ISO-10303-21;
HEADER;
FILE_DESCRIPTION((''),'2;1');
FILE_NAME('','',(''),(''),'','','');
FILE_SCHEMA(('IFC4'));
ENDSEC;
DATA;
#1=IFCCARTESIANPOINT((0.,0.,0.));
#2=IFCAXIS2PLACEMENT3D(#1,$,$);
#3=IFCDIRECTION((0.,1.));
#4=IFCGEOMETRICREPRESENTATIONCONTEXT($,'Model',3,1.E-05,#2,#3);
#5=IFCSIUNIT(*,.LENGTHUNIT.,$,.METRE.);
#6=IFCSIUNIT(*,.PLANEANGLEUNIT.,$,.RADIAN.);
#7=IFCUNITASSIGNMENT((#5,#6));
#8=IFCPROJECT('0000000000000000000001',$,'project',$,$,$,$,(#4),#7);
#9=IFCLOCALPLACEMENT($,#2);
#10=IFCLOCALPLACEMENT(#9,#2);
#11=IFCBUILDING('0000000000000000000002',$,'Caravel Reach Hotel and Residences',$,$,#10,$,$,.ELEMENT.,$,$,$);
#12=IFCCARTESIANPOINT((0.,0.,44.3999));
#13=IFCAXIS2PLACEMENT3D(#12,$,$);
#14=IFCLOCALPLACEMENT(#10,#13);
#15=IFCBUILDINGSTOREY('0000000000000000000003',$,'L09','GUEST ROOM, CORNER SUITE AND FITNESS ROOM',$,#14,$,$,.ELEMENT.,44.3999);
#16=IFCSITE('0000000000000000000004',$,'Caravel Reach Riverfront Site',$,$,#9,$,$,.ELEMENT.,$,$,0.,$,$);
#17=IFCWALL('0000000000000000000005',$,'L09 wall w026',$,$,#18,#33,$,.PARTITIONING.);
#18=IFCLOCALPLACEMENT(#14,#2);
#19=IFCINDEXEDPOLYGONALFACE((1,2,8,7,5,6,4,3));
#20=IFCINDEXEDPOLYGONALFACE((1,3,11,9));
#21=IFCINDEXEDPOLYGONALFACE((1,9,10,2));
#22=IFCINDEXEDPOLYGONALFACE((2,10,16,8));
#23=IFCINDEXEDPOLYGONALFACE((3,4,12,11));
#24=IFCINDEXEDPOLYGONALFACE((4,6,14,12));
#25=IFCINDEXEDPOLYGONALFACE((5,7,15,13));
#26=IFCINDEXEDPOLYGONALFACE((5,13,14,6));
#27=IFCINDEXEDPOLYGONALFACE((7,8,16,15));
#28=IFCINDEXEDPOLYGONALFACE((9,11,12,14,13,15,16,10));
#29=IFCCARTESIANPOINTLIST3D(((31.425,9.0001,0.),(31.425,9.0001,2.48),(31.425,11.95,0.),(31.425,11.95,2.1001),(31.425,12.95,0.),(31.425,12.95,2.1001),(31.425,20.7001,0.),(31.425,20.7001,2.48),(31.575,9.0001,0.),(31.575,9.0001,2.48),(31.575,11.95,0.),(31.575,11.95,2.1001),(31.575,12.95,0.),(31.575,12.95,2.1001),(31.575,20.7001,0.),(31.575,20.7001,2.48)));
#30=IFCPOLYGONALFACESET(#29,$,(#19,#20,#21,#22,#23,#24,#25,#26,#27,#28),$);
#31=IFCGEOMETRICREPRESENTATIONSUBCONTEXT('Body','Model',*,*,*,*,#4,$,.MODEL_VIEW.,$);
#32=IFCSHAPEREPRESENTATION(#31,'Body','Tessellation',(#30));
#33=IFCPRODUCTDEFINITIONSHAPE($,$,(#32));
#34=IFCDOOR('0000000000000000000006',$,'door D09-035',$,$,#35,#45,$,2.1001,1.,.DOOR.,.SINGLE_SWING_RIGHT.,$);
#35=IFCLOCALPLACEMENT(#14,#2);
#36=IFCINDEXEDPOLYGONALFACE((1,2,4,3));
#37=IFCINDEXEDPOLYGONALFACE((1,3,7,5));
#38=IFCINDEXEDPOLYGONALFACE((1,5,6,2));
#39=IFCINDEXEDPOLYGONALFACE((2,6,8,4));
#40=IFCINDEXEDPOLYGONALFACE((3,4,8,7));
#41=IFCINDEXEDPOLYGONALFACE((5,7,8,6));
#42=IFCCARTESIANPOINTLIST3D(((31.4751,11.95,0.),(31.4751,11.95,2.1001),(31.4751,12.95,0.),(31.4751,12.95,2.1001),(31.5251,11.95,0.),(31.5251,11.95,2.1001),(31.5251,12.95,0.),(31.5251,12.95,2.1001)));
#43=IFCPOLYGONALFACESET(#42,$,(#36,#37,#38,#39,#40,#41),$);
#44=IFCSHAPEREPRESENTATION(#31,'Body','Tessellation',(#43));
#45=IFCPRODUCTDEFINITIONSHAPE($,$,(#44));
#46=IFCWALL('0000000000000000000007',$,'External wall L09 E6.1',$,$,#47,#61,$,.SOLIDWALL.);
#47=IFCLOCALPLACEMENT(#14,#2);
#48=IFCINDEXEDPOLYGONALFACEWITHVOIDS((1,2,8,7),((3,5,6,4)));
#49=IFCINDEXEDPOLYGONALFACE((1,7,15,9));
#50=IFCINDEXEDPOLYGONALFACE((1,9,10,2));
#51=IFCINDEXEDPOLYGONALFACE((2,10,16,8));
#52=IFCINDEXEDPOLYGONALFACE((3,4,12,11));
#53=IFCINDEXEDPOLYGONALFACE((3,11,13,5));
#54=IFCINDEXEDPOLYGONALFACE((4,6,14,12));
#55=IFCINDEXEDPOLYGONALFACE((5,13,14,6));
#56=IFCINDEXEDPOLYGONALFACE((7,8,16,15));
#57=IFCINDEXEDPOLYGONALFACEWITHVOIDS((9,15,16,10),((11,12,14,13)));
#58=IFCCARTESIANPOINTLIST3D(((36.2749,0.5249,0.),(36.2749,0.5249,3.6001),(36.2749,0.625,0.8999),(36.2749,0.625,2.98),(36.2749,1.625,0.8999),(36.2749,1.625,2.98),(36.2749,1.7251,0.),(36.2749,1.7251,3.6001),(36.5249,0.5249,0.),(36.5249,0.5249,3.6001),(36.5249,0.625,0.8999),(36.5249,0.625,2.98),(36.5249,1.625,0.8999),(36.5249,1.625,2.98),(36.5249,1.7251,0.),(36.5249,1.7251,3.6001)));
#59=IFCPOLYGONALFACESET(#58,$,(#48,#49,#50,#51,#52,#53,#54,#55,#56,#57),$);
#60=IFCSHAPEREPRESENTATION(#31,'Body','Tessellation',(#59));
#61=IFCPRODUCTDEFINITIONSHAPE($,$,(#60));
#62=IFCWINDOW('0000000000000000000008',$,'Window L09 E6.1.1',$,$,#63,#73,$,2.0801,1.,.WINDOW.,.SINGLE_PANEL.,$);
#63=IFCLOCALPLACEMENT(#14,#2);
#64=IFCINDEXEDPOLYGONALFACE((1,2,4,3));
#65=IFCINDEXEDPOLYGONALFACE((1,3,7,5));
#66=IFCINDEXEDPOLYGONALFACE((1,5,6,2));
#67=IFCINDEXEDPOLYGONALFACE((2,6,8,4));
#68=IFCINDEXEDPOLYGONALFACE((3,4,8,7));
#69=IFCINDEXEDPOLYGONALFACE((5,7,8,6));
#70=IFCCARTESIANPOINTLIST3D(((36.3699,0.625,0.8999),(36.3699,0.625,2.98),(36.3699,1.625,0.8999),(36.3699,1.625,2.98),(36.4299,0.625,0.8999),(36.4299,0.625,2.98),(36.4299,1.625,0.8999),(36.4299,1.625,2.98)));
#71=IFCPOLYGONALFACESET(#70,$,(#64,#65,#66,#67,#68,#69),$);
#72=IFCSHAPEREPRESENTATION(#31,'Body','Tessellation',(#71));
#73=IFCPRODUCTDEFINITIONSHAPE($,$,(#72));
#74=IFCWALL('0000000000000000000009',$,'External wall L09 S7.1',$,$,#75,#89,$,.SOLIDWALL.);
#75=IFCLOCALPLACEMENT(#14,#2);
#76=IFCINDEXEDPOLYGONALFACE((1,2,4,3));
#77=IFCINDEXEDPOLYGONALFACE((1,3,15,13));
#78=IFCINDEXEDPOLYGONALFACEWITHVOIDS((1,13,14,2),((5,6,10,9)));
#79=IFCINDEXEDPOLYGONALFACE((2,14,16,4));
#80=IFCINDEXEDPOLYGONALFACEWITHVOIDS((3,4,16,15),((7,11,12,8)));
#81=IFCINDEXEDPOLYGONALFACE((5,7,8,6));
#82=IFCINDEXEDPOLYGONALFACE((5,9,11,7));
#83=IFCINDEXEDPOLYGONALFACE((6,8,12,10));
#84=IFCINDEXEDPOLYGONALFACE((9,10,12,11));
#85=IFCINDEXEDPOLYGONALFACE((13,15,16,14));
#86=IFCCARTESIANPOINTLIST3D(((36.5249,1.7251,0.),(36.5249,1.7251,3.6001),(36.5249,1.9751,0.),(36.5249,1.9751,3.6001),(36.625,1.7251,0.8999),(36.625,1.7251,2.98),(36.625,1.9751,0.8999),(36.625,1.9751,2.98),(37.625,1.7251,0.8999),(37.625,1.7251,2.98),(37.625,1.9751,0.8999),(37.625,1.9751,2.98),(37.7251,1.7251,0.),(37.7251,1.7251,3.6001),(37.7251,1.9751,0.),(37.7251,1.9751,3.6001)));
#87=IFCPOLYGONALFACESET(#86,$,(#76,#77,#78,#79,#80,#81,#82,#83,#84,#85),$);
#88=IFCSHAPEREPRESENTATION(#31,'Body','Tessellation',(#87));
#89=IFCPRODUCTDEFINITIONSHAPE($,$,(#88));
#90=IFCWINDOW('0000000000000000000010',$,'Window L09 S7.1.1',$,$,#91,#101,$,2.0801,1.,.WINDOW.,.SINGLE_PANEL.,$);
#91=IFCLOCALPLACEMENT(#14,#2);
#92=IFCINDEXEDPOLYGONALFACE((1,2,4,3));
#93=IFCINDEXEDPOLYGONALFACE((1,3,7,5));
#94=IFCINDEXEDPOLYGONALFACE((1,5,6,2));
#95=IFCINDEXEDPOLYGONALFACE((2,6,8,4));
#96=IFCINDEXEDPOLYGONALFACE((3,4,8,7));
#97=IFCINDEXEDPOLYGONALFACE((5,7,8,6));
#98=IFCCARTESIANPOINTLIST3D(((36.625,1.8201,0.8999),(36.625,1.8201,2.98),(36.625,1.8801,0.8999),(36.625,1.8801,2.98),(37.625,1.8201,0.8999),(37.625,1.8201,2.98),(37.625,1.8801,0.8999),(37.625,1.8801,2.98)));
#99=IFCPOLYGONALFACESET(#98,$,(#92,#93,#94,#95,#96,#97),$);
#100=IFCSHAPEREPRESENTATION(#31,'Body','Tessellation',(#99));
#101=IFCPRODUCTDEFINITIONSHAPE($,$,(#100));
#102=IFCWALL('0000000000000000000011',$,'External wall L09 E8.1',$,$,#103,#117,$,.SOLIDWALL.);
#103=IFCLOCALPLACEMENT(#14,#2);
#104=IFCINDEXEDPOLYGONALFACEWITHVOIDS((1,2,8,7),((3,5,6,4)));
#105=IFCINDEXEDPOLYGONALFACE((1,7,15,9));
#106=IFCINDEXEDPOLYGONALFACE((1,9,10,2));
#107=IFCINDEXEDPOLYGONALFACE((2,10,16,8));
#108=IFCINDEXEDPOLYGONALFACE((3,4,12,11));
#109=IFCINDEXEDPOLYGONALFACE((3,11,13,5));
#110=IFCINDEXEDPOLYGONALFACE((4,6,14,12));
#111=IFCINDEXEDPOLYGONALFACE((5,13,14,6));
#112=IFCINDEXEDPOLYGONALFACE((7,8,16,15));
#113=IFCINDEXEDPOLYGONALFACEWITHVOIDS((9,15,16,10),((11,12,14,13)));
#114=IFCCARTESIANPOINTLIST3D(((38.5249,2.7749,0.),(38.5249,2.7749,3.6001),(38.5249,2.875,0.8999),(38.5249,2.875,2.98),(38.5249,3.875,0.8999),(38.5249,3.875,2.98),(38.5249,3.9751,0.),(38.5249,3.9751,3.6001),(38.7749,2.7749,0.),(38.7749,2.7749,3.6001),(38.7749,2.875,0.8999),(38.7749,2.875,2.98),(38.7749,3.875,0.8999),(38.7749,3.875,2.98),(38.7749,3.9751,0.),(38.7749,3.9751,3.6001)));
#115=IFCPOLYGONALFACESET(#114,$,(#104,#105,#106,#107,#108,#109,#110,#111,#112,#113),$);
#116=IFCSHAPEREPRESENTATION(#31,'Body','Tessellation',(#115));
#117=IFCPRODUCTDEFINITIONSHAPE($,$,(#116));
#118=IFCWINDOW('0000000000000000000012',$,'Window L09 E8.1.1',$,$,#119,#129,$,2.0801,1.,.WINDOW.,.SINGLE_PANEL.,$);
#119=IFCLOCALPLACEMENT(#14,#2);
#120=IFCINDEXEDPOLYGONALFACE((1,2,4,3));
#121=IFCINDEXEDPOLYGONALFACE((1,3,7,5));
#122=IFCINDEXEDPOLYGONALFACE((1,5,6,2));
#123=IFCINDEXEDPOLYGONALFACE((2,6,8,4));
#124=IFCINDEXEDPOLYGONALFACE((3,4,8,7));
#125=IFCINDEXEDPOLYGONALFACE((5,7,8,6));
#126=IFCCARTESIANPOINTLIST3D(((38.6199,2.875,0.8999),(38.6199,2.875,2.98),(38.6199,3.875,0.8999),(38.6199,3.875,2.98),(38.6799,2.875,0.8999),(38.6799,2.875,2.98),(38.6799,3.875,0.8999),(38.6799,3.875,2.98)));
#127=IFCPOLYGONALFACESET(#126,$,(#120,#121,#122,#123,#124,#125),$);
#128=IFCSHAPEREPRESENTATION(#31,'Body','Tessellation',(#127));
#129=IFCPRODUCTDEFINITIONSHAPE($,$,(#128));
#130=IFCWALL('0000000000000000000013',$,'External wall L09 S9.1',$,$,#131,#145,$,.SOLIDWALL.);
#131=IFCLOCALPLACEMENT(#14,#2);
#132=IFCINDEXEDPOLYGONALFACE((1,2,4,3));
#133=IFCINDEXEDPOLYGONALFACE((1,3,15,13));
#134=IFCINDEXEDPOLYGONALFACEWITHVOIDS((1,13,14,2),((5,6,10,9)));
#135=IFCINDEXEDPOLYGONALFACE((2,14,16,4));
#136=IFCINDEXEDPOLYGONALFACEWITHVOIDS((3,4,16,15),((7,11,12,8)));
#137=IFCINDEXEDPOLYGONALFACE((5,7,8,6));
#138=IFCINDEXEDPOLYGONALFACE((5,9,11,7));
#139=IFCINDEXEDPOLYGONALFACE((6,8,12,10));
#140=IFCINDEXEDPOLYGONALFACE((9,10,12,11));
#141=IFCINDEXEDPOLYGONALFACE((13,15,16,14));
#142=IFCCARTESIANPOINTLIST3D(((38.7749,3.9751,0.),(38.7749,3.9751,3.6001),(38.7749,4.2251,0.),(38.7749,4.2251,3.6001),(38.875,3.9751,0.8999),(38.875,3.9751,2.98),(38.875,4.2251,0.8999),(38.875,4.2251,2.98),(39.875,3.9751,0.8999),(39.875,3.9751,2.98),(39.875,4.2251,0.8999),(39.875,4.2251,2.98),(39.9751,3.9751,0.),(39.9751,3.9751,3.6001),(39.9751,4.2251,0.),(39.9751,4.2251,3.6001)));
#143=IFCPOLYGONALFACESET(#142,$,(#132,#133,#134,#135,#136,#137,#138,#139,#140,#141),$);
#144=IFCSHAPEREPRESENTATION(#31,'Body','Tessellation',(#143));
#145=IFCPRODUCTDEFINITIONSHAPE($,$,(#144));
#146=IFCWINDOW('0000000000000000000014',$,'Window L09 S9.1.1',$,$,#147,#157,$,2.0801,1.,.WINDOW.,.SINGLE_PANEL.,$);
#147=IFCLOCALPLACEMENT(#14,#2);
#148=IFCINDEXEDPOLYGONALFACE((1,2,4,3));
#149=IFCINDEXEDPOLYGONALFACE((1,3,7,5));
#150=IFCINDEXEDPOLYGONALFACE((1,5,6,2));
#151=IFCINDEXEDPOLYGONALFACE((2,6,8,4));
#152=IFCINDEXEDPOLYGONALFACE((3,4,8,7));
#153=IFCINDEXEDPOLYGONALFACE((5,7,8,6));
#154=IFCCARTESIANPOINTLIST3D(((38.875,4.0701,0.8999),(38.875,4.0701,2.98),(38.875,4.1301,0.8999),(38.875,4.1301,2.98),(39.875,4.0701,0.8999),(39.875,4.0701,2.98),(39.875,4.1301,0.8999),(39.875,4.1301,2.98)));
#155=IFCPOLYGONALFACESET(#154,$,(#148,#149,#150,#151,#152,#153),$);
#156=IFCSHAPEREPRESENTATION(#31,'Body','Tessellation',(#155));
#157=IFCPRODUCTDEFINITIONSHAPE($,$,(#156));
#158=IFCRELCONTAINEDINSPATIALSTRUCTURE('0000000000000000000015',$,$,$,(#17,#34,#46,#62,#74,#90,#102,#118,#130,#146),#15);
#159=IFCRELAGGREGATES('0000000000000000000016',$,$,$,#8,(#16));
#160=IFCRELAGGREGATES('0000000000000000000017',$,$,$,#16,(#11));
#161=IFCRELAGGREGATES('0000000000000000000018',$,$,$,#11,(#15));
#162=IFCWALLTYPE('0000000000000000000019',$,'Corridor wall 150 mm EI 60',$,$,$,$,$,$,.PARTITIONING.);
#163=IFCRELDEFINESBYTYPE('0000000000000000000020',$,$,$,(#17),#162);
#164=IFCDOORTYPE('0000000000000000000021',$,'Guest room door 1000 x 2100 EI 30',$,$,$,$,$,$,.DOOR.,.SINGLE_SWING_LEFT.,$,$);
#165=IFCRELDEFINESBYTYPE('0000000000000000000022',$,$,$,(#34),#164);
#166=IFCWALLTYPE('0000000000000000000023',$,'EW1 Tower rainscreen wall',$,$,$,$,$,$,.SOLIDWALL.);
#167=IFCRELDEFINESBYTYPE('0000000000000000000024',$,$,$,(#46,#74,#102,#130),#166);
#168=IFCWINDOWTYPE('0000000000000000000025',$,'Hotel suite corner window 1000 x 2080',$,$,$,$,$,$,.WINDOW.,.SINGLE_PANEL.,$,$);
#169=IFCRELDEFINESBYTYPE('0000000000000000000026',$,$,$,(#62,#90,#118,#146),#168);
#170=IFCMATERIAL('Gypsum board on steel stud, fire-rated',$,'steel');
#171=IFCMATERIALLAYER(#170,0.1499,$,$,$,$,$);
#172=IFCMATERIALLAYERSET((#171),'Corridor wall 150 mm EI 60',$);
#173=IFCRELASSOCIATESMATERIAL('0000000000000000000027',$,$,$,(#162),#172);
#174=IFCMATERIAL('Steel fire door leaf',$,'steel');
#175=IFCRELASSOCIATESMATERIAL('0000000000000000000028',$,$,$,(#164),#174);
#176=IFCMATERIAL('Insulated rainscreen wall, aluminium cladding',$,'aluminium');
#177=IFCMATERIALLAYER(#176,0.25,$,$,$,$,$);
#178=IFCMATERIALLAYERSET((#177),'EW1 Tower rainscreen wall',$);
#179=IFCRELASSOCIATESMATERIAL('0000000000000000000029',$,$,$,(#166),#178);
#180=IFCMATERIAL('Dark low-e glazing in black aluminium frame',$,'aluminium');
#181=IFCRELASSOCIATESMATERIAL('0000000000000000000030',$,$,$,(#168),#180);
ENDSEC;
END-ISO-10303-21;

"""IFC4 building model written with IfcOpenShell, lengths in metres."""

from ifc_helpers import new_model, si_unit, direction, frame, frame_2d, origin, place, context, subcontext, project, spatial, rectangle, extrude, material, layer, layer_set, type_object, element, fill, save


model = new_model("IFC4")

# Units and contexts
model_context = context("Model", 3, precision=1e-05, world=origin(), true_north=direction((0.0, 1.0)))
body_context = subcontext(model_context, "Body", "Model", "MODEL_VIEW")
ifc_project = project(units=[si_unit("LENGTHUNIT", "METRE"), si_unit("PLANEANGLEUNIT", "RADIAN")], contexts=[model_context])

# Site, building, storey
site_placement = place(None, origin())
site = spatial("IfcSite", under=ifc_project, at=site_placement, Name="Caravel Reach Riverfront Site", CompositionType="ELEMENT", RefElevation=0.0)
building_placement = place(site_placement, origin())
building = spatial("IfcBuilding", under=site, at=building_placement, Name="Caravel Reach Hotel and Residences", CompositionType="ELEMENT")
storey_placement = place(building_placement, frame((0.0, 0.0, 44.3999)))
storey = spatial("IfcBuildingStorey", under=building, at=storey_placement, Name="L09", Description="GUEST ROOM, CORNER SUITE AND FITNESS ROOM", CompositionType="ELEMENT", Elevation=44.3999)

# Wall, opening, door
ifc_material_1 = material(Name="Gypsum board on steel stud, fire-rated", Category="steel")
ifc_layer_1 = layer(ifc_material_1, 0.1499)
ifc_layer_set_1 = layer_set([ifc_layer_1], Name="Corridor wall 150 mm EI 60")
wall_type_1 = type_object("IfcWallType", Name="Corridor wall 150 mm EI 60", PredefinedType="PARTITIONING", material=ifc_layer_set_1)
wall_1_placement = place(storey_placement, frame((31.5, 9.0, 0.0), z_axis=(0.0, 0.0, 1.0), x_axis=(0.0, 1.0, 0.0)))
wall_1 = element("IfcWall", 1, at=wall_1_placement, inside=storey, type_object=wall_type_1, Name="L09 wall w026", PredefinedType="PARTITIONING", context=body_context, shape_type="SweptSolid", body=[
    extrude(rectangle(XDim=11.7, YDim=0.1499, at=frame_2d((5.8501, 0.0))), origin(), (0.0, 0.0, 1.0), 2.48),
])
opening_1_placement = place(wall_1_placement, frame((2.95, 0.0, 0.0)))
opening_1 = element("IfcOpeningElement", 2, at=opening_1_placement, cuts=wall_1, PredefinedType="OPENING", context=body_context, shape_type="SweptSolid", body=[
    extrude(rectangle(XDim=1.0, YDim=2.1001, at=frame_2d((0.5, 1.05))), frame((0.0, 0.085, 0.0), z_axis=(0.0, -1.0, 0.0), x_axis=(1.0, 0.0, 0.0)), (0.0, 0.0, 1.0), 0.1699),
])
ifc_material_2 = material(Name="Steel fire door leaf", Category="steel")
door_type_1 = type_object("IfcDoorType", Name="Guest room door 1000 x 2100 EI 30", OperationType="SINGLE_SWING_LEFT", PredefinedType="DOOR", material=ifc_material_2)
door_1_placement = place(opening_1_placement, origin())
door_1 = element("IfcDoor", 3, at=door_1_placement, inside=storey, type_object=door_type_1, Name="door D09-035", OperationType="SINGLE_SWING_RIGHT", OverallHeight=2.1001, OverallWidth=1.0, PredefinedType="DOOR", context=body_context, shape_type="SweptSolid", body=[
    extrude(rectangle(XDim=1.0, YDim=2.1001, at=frame_2d((0.5, 1.05))), frame((0.0, 0.0249, 0.0), z_axis=(0.0, -1.0, 0.0), x_axis=(1.0, 0.0, 0.0)), (0.0, 0.0, 1.0), 0.05),
])
fill(opening_1, door_1)

# Walls, openings, windows
ifc_material_3 = material(Name="Insulated rainscreen wall, aluminium cladding", Category="aluminium")
ifc_layer_2 = layer(ifc_material_3, 0.25)
ifc_layer_set_2 = layer_set([ifc_layer_2], Name="EW1 Tower rainscreen wall")
wall_type_2 = type_object("IfcWallType", Name="EW1 Tower rainscreen wall", PredefinedType="SOLIDWALL", material=ifc_layer_set_2)
wall_2_placement = place(storey_placement, frame((36.3999, 0.5249, 0.0), z_axis=(0.0, 0.0, 1.0), x_axis=(0.0, 1.0, 0.0)))
wall_2 = element("IfcWall", 4, at=wall_2_placement, inside=storey, type_object=wall_type_2, Name="External wall L09 E6.1", PredefinedType="SOLIDWALL", context=body_context, shape_type="SweptSolid", body=[
    extrude(rectangle(XDim=1.2002, YDim=0.25, at=frame_2d((0.6001, 0.0))), origin(), (0.0, 0.0, 1.0), 3.6001),
])
opening_2_placement = place(wall_2_placement, frame((0.1001, 0.0, 0.8999)))
opening_2 = element("IfcOpeningElement", 5, at=opening_2_placement, cuts=wall_2, PredefinedType="OPENING", context=body_context, shape_type="SweptSolid", body=[
    extrude(rectangle(XDim=1.0, YDim=2.0801, at=frame_2d((0.5, 1.04))), frame((0.0, 0.135, 0.0), z_axis=(0.0, -1.0, 0.0), x_axis=(1.0, 0.0, 0.0)), (0.0, 0.0, 1.0), 0.27),
])
ifc_material_4 = material(Name="Dark low-e glazing in black aluminium frame", Category="aluminium")
window_type_1 = type_object("IfcWindowType", Name="Hotel suite corner window 1000 x 2080", PartitioningType="SINGLE_PANEL", PredefinedType="WINDOW", material=ifc_material_4)
window_1_placement = place(opening_2_placement, origin())
window_1 = element("IfcWindow", 6, at=window_1_placement, inside=storey, type_object=window_type_1, Name="Window L09 E6.1.1", OverallHeight=2.0801, OverallWidth=1.0, PartitioningType="SINGLE_PANEL", PredefinedType="WINDOW", context=body_context, shape_type="SweptSolid", body=[
    extrude(rectangle(XDim=1.0, YDim=2.0801, at=frame_2d((0.5, 1.04))), frame((0.0, 0.03, 0.0), z_axis=(0.0, -1.0, 0.0), x_axis=(1.0, 0.0, 0.0)), (0.0, 0.0, 1.0), 0.0601),
])
fill(opening_2, window_1)
wall_3_placement = place(storey_placement, frame((36.5249, 1.8501, 0.0), z_axis=(0.0, 0.0, 1.0), x_axis=(1.0, 0.0, 0.0)))
wall_3 = element("IfcWall", 7, at=wall_3_placement, inside=storey, type_object=wall_type_2, Name="External wall L09 S7.1", PredefinedType="SOLIDWALL", context=body_context, shape_type="SweptSolid", body=[
    extrude(rectangle(XDim=1.2002, YDim=0.25, at=frame_2d((0.6001, 0.0))), origin(), (0.0, 0.0, 1.0), 3.6001),
])
opening_3_placement = place(wall_3_placement, frame((0.1001, 0.0, 0.8999)))
opening_3 = element("IfcOpeningElement", 8, at=opening_3_placement, cuts=wall_3, PredefinedType="OPENING", context=body_context, shape_type="SweptSolid", body=[
    extrude(rectangle(XDim=1.0, YDim=2.0801, at=frame_2d((0.5, 1.04))), frame((0.0, 0.135, 0.0), z_axis=(0.0, -1.0, 0.0), x_axis=(1.0, 0.0, 0.0)), (0.0, 0.0, 1.0), 0.27),
])
window_2_placement = place(opening_3_placement, origin())
window_2 = element("IfcWindow", 9, at=window_2_placement, inside=storey, type_object=window_type_1, Name="Window L09 S7.1.1", OverallHeight=2.0801, OverallWidth=1.0, PartitioningType="SINGLE_PANEL", PredefinedType="WINDOW", context=body_context, shape_type="SweptSolid", body=[
    extrude(rectangle(XDim=1.0, YDim=2.0801, at=frame_2d((0.5, 1.04))), frame((0.0, 0.03, 0.0), z_axis=(0.0, -1.0, 0.0), x_axis=(1.0, 0.0, 0.0)), (0.0, 0.0, 1.0), 0.0601),
])
fill(opening_3, window_2)
wall_4_placement = place(storey_placement, frame((38.6499, 2.7749, 0.0), z_axis=(0.0, 0.0, 1.0), x_axis=(0.0, 1.0, 0.0)))
wall_4 = element("IfcWall", 10, at=wall_4_placement, inside=storey, type_object=wall_type_2, Name="External wall L09 E8.1", PredefinedType="SOLIDWALL", context=body_context, shape_type="SweptSolid", body=[
    extrude(rectangle(XDim=1.2002, YDim=0.25, at=frame_2d((0.6001, 0.0))), origin(), (0.0, 0.0, 1.0), 3.6001),
])
opening_4_placement = place(wall_4_placement, frame((0.1001, 0.0, 0.8999)))
opening_4 = element("IfcOpeningElement", 11, at=opening_4_placement, cuts=wall_4, PredefinedType="OPENING", context=body_context, shape_type="SweptSolid", body=[
    extrude(rectangle(XDim=1.0, YDim=2.0801, at=frame_2d((0.5, 1.04))), frame((0.0, 0.135, 0.0), z_axis=(0.0, -1.0, 0.0), x_axis=(1.0, 0.0, 0.0)), (0.0, 0.0, 1.0), 0.27),
])
window_3_placement = place(opening_4_placement, origin())
window_3 = element("IfcWindow", 12, at=window_3_placement, inside=storey, type_object=window_type_1, Name="Window L09 E8.1.1", OverallHeight=2.0801, OverallWidth=1.0, PartitioningType="SINGLE_PANEL", PredefinedType="WINDOW", context=body_context, shape_type="SweptSolid", body=[
    extrude(rectangle(XDim=1.0, YDim=2.0801, at=frame_2d((0.5, 1.04))), frame((0.0, 0.03, 0.0), z_axis=(0.0, -1.0, 0.0), x_axis=(1.0, 0.0, 0.0)), (0.0, 0.0, 1.0), 0.0601),
])
fill(opening_4, window_3)
wall_5_placement = place(storey_placement, frame((38.7749, 4.1001, 0.0), z_axis=(0.0, 0.0, 1.0), x_axis=(1.0, 0.0, 0.0)))
wall_5 = element("IfcWall", 13, at=wall_5_placement, inside=storey, type_object=wall_type_2, Name="External wall L09 S9.1", PredefinedType="SOLIDWALL", context=body_context, shape_type="SweptSolid", body=[
    extrude(rectangle(XDim=1.2002, YDim=0.25, at=frame_2d((0.6001, 0.0))), origin(), (0.0, 0.0, 1.0), 3.6001),
])
opening_5_placement = place(wall_5_placement, frame((0.1001, 0.0, 0.8999)))
opening_5 = element("IfcOpeningElement", 14, at=opening_5_placement, cuts=wall_5, PredefinedType="OPENING", context=body_context, shape_type="SweptSolid", body=[
    extrude(rectangle(XDim=1.0, YDim=2.0801, at=frame_2d((0.5, 1.04))), frame((0.0, 0.135, 0.0), z_axis=(0.0, -1.0, 0.0), x_axis=(1.0, 0.0, 0.0)), (0.0, 0.0, 1.0), 0.27),
])
window_4_placement = place(opening_5_placement, origin())
window_4 = element("IfcWindow", 15, at=window_4_placement, inside=storey, type_object=window_type_1, Name="Window L09 S9.1.1", OverallHeight=2.0801, OverallWidth=1.0, PartitioningType="SINGLE_PANEL", PredefinedType="WINDOW", context=body_context, shape_type="SweptSolid", body=[
    extrude(rectangle(XDim=1.0, YDim=2.0801, at=frame_2d((0.5, 1.04))), frame((0.0, 0.03, 0.0), z_axis=(0.0, -1.0, 0.0), x_axis=(1.0, 0.0, 0.0)), (0.0, 0.0, 1.0), 0.0601),
])
fill(opening_5, window_4)

save(model, "model.ifc")
